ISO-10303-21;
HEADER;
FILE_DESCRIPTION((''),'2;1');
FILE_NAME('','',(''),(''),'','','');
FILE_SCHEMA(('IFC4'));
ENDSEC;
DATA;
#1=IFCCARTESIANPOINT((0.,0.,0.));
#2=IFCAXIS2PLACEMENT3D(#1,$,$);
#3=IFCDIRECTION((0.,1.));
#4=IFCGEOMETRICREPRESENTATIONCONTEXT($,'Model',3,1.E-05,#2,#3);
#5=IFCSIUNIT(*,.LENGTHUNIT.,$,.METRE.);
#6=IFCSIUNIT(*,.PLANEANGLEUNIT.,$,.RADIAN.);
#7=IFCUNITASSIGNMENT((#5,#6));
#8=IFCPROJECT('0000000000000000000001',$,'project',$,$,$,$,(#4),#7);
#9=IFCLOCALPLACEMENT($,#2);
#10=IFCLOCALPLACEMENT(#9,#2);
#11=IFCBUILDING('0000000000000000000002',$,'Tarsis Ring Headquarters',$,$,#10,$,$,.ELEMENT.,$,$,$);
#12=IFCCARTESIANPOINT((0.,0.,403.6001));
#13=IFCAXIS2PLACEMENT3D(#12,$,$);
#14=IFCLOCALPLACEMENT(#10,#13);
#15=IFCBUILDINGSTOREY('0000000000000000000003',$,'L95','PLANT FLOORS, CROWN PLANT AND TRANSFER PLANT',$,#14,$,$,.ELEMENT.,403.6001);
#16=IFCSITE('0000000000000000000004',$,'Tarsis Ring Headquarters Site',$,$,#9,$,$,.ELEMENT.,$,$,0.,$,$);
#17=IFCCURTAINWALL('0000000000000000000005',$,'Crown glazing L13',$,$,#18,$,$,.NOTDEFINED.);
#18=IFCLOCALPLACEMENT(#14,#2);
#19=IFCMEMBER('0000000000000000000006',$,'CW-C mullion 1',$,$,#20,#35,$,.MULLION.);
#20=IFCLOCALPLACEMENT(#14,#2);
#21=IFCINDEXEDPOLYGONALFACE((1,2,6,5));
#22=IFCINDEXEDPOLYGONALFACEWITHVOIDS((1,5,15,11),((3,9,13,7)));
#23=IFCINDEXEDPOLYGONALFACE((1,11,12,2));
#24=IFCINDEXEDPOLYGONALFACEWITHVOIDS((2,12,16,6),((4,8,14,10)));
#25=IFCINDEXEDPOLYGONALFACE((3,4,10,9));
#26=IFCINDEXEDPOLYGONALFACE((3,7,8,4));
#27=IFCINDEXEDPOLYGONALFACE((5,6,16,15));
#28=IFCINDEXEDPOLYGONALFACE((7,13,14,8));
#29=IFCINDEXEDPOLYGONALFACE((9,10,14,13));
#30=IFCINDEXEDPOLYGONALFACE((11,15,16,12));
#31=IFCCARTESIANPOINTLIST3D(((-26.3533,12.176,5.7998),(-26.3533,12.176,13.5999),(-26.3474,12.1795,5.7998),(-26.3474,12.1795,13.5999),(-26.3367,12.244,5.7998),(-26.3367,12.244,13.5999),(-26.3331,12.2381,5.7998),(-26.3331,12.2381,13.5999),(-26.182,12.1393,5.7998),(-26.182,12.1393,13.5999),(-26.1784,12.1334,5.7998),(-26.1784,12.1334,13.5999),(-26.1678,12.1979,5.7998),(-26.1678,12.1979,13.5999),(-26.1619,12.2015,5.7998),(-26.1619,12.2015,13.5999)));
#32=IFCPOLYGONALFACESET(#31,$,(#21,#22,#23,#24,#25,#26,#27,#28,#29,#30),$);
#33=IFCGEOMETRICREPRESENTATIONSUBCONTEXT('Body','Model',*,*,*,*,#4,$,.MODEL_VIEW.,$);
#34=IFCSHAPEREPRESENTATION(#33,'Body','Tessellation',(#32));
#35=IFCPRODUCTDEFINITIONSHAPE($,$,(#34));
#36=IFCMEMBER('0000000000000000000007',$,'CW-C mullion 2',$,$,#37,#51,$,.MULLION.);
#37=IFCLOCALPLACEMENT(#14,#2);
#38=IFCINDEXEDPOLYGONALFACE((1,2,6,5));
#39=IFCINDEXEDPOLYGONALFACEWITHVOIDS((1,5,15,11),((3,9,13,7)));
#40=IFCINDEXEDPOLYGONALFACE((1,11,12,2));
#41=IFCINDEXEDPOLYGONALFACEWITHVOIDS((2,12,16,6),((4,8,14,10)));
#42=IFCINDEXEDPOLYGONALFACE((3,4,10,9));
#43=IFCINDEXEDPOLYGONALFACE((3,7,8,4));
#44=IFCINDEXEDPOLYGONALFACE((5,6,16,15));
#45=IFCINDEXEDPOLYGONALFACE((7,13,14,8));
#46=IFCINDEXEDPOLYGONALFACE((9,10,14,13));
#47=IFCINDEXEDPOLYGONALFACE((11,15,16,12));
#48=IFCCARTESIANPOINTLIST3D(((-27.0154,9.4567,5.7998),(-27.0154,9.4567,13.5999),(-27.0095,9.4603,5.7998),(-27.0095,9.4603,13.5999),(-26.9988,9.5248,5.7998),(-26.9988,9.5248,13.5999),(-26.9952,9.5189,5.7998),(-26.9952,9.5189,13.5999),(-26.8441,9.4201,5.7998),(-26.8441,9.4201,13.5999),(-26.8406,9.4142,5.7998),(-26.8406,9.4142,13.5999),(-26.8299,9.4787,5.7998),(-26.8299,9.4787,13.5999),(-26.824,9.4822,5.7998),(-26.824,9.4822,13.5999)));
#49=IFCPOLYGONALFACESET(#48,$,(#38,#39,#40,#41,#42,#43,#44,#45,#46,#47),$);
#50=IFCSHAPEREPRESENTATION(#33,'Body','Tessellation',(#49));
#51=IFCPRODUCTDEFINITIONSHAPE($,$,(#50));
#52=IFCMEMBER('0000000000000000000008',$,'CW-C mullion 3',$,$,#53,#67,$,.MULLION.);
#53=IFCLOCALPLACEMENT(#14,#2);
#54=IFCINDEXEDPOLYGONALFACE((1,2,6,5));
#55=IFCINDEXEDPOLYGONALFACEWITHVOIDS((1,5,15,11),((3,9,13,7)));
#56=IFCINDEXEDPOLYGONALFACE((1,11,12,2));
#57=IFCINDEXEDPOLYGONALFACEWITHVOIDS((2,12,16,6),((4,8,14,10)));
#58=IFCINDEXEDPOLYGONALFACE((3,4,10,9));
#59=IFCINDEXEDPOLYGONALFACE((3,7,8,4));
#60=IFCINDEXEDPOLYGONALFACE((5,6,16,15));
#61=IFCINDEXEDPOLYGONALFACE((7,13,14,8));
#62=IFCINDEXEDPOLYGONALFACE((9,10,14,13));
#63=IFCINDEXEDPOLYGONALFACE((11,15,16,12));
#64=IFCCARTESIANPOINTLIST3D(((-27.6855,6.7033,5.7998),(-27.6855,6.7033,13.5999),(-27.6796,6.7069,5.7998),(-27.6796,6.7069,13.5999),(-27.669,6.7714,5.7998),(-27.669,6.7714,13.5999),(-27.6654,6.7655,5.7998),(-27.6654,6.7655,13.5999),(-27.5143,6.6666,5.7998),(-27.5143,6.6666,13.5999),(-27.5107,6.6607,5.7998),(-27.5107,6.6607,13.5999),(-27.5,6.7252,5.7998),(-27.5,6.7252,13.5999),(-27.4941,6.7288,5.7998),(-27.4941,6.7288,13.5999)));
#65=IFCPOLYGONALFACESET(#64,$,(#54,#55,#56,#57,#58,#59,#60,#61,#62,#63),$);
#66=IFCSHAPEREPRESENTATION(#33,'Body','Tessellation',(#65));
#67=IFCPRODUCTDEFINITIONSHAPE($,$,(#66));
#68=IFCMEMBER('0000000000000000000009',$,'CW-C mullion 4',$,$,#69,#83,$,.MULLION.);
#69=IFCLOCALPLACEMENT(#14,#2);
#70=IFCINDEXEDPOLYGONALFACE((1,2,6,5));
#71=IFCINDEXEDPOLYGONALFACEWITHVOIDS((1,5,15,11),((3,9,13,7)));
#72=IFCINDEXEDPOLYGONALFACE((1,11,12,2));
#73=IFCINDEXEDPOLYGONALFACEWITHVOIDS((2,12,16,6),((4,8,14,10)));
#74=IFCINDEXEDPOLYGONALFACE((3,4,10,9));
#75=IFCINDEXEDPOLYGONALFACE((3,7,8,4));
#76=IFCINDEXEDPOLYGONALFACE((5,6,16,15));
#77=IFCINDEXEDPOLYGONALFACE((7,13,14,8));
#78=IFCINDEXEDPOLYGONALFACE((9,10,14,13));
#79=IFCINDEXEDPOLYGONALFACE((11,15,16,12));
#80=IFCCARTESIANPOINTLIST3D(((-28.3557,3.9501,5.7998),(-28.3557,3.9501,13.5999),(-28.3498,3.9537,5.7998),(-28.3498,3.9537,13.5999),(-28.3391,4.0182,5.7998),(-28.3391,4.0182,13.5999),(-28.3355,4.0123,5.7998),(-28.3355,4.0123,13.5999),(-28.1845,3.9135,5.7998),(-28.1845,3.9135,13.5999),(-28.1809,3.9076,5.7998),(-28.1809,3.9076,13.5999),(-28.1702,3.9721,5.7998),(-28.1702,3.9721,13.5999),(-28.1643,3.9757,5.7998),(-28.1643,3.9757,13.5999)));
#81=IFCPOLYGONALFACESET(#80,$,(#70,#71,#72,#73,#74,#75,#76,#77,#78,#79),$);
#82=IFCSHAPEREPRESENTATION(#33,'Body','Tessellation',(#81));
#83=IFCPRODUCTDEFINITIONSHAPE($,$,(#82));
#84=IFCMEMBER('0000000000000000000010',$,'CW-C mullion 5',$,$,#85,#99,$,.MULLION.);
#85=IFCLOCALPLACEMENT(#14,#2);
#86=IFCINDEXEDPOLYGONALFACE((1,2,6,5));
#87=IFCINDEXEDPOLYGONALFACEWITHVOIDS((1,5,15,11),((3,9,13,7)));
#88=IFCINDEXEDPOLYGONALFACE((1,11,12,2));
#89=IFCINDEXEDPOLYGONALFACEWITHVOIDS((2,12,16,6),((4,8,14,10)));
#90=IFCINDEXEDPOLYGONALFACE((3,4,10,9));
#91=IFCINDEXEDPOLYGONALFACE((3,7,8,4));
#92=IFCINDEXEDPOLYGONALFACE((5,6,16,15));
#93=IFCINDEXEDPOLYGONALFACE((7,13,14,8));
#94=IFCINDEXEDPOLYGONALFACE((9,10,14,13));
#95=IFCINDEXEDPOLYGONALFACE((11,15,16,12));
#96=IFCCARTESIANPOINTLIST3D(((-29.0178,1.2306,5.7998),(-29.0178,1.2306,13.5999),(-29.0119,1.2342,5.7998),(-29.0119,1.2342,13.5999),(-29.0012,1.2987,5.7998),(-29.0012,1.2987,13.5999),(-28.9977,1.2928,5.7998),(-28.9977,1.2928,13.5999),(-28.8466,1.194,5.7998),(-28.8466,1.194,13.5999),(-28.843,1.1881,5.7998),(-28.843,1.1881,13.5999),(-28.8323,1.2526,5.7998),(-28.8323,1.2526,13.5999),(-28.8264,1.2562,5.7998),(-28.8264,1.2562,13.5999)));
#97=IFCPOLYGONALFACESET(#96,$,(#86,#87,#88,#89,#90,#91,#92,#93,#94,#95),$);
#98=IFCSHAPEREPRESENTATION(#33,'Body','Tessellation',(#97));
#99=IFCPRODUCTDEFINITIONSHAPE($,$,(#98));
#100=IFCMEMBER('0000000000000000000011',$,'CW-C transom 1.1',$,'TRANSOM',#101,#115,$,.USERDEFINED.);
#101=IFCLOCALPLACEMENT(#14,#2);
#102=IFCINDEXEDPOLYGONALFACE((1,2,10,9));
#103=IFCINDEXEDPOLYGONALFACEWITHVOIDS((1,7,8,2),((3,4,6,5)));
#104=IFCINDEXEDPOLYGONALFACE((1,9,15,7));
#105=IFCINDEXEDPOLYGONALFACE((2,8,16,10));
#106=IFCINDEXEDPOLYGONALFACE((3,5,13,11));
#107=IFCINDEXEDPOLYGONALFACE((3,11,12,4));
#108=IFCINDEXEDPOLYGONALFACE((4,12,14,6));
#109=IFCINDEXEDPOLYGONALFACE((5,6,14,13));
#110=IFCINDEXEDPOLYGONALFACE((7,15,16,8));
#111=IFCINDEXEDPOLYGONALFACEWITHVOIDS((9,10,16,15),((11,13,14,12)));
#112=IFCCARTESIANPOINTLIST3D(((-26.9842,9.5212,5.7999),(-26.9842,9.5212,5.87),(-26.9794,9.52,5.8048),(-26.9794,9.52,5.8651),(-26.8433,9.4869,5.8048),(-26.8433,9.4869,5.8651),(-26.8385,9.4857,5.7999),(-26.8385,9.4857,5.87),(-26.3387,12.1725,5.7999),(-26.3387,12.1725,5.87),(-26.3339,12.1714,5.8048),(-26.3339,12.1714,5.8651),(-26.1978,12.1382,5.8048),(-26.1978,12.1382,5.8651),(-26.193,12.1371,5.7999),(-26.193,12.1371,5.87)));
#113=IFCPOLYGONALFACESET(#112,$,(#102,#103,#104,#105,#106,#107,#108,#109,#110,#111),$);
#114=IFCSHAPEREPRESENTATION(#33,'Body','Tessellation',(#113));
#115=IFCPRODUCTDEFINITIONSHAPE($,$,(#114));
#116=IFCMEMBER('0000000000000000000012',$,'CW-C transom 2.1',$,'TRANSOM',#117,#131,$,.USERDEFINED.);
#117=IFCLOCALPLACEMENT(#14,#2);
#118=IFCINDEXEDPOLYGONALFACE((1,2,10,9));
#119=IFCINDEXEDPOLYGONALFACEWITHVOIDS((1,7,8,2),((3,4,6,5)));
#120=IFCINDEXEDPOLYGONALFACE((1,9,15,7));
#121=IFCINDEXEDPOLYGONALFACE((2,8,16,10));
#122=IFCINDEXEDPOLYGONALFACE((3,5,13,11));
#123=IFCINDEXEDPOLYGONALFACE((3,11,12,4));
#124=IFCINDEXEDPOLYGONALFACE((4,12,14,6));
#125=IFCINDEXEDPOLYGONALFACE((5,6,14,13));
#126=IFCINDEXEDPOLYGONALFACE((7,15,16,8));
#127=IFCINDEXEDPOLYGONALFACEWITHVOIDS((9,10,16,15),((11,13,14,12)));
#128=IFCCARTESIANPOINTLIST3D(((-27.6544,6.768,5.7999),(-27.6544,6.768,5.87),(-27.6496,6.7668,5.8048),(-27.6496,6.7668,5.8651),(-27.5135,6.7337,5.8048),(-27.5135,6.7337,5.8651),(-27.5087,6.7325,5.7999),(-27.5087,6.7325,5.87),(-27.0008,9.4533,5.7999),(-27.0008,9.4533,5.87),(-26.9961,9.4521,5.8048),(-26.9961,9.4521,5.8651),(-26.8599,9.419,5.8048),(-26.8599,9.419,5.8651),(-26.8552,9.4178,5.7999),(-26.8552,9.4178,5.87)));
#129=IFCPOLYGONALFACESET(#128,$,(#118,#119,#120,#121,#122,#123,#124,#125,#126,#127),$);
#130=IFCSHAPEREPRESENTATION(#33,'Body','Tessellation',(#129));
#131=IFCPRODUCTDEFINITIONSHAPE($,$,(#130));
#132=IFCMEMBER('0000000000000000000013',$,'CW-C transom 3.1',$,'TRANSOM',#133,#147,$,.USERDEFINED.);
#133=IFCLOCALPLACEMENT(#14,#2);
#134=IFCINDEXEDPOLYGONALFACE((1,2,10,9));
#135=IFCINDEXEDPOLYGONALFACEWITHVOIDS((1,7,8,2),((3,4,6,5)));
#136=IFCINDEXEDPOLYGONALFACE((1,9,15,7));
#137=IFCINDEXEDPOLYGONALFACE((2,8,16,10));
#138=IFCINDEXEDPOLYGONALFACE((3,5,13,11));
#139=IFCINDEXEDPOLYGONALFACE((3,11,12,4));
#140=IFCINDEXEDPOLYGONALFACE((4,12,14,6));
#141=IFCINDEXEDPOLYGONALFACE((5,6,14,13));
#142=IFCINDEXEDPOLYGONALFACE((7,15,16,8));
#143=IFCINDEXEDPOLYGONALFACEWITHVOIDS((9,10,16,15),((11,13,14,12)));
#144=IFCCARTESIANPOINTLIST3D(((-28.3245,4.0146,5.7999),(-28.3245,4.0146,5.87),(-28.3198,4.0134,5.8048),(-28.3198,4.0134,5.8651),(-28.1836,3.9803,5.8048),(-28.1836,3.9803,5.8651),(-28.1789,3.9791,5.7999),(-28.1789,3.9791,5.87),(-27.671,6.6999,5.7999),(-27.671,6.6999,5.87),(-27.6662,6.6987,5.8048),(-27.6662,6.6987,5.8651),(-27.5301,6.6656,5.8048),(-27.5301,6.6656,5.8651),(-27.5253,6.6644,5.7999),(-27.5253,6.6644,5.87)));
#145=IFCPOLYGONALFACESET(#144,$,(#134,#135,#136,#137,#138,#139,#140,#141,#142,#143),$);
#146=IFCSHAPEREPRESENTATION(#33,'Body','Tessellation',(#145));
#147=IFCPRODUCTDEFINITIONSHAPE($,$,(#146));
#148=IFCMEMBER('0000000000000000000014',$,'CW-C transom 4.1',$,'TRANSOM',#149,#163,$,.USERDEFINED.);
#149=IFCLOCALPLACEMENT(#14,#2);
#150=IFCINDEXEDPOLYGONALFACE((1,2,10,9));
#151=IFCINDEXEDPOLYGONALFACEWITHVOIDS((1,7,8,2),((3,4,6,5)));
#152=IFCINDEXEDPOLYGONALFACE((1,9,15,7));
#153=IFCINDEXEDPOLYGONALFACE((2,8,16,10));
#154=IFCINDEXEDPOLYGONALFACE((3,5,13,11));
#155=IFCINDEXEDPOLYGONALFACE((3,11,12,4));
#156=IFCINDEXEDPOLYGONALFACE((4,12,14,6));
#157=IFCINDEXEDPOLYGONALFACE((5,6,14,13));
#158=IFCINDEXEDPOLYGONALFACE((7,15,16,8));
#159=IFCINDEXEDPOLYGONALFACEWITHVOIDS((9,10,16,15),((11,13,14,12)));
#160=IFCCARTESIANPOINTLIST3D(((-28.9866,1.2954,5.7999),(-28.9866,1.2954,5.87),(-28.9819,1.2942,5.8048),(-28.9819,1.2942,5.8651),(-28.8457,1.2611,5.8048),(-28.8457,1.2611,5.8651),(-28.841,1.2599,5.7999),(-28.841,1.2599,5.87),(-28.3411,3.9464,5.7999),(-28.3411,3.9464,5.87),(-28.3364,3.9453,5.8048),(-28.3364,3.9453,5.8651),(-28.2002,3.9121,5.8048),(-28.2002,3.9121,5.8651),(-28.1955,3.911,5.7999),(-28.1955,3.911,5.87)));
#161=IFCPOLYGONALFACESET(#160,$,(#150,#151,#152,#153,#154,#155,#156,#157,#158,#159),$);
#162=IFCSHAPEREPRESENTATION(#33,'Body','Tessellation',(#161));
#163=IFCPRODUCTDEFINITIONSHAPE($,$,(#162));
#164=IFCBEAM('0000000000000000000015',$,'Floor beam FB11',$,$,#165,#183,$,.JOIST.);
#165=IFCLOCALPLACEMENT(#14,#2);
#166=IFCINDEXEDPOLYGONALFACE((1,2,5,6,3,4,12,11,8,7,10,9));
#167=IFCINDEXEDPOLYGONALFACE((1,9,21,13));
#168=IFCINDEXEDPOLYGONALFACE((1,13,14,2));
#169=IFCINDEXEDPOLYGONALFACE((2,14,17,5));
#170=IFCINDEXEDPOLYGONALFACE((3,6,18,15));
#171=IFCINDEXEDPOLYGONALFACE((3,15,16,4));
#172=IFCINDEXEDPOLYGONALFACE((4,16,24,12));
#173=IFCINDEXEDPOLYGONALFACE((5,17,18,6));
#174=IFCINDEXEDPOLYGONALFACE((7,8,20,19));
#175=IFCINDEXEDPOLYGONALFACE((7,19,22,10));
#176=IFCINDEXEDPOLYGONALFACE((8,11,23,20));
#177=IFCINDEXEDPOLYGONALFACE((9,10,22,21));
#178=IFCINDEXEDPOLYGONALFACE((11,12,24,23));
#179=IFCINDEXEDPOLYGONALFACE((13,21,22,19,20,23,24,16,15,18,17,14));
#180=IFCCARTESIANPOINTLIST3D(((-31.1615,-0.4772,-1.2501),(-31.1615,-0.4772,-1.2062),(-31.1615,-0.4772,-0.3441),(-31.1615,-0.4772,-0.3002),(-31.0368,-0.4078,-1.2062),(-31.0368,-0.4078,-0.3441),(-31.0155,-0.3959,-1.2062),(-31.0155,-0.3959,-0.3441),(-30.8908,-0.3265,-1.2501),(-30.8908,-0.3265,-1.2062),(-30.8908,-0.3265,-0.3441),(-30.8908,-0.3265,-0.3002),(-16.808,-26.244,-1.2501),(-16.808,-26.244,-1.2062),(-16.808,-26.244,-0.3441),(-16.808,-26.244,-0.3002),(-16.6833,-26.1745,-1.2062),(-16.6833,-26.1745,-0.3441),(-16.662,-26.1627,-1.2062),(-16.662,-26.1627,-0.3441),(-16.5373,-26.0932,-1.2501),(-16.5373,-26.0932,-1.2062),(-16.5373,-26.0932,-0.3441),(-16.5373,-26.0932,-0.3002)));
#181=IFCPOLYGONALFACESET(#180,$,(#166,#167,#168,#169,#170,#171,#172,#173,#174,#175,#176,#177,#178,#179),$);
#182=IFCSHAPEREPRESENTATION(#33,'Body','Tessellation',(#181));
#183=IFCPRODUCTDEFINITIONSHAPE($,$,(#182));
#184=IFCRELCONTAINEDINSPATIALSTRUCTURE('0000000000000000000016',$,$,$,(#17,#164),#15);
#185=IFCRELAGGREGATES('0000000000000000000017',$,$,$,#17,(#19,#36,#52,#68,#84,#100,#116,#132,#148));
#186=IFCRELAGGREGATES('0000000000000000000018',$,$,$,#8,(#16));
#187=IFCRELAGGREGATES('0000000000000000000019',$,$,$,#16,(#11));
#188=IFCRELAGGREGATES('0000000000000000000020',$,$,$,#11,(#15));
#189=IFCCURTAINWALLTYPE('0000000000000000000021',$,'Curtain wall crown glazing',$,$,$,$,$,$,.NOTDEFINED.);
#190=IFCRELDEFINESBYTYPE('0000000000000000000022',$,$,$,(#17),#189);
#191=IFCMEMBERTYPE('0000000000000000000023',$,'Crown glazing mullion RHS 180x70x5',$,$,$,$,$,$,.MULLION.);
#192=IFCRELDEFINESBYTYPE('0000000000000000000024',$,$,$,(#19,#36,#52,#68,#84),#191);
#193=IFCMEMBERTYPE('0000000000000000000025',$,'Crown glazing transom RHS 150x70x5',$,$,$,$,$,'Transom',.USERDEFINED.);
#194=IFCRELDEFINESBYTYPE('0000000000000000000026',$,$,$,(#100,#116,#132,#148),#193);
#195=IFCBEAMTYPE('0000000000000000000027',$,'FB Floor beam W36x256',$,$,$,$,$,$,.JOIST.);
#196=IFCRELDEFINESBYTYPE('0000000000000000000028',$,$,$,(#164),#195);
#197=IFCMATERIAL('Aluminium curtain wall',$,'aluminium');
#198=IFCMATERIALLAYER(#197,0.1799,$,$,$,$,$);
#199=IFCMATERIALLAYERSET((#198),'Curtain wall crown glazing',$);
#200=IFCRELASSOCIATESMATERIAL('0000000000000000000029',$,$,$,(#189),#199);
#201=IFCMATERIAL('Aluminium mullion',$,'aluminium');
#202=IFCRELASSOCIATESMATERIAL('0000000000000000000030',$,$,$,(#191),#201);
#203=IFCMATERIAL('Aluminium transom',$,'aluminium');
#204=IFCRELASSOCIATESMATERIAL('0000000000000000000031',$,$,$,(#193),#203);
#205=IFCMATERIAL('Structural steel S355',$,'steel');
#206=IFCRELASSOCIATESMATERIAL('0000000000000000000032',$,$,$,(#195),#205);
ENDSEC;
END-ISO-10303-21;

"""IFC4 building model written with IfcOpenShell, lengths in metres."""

from ifc_helpers import new_model, si_unit, direction, frame, origin, origin_2d, place, context, subcontext, project, spatial, hollow_rectangle, i_section, extrude, material, layer, layer_set, material_profile, profile_set, type_object, element, aggregate, save


model = new_model("IFC4")

# Units and contexts
model_context = context("Model", 3, precision=1e-05, world=origin(), true_north=direction((0.0, 1.0)))
body_context = subcontext(model_context, "Body", "Model", "MODEL_VIEW")
ifc_project = project(units=[si_unit("LENGTHUNIT", "METRE"), si_unit("PLANEANGLEUNIT", "RADIAN")], contexts=[model_context])

# Site, building, storey
site_placement = place(None, origin())
site = spatial("IfcSite", under=ifc_project, at=site_placement, Name="Tarsis Ring Headquarters Site", CompositionType="ELEMENT", RefElevation=0.0)
building_placement = place(site_placement, origin())
building = spatial("IfcBuilding", under=site, at=building_placement, Name="Tarsis Ring Headquarters", CompositionType="ELEMENT")
storey_placement = place(building_placement, frame((0.0, 0.0, 403.6001)))
storey = spatial("IfcBuildingStorey", under=building, at=storey_placement, Name="L95", Description="PLANT FLOORS, CROWN PLANT AND TRANSFER PLANT", CompositionType="ELEMENT", Elevation=403.6001)

# Shared definitions
ifc_material_1 = material(Name="Structural steel S355", Category="steel")

# Curtain wall, members
ifc_material_2 = material(Name="Aluminium curtain wall", Category="aluminium")
ifc_layer_1 = layer(ifc_material_2, 0.1799)
ifc_layer_set_1 = layer_set([ifc_layer_1], Name="Curtain wall crown glazing")
curtain_wall_type = type_object("IfcCurtainWallType", Name="Curtain wall crown glazing", PredefinedType="NOTDEFINED", material=ifc_layer_set_1)
curtain_wall_placement = place(storey_placement, origin())
curtain_wall = element("IfcCurtainWall", 1, at=curtain_wall_placement, inside=storey, type_object=curtain_wall_type, Name="Crown glazing L13", PredefinedType="NOTDEFINED")
ifc_material_3 = material(Name="Aluminium mullion", Category="aluminium")
ifc_material_profile_1 = material_profile(ifc_material_3, hollow_rectangle(XDim=0.1799, YDim=0.0701, WallThickness=0.0049, at=origin_2d()), Name="RHS 180x70x5")
ifc_profile_set_1 = profile_set([ifc_material_profile_1], Name="Aluminium mullion")
member_type_1 = type_object("IfcMemberType", Name="Crown glazing mullion RHS 180x70x5", PredefinedType="MULLION", material=ifc_profile_set_1)
member_1_placement = place(storey_placement, frame((-26.2576, 12.1887, 5.7998), z_axis=(0.0, 0.0, 1.0), x_axis=(0.971626, -0.236521, 0.0)))
member_1 = element("IfcMember", 2, at=member_1_placement, type_object=member_type_1, Name="CW-C mullion 1", PredefinedType="MULLION", context=body_context, shape_type="SweptSolid", body=[
    extrude(hollow_rectangle(XDim=0.1799, YDim=0.0701, WallThickness=0.0049, at=origin_2d()), origin(), (0.0, 0.0, 1.0), 7.8),
])
member_2_placement = place(storey_placement, frame((-26.9197, 9.4695, 5.7998), z_axis=(0.0, 0.0, 1.0), x_axis=(0.971626, -0.236521, 0.0)))
member_2 = element("IfcMember", 3, at=member_2_placement, type_object=member_type_1, Name="CW-C mullion 2", PredefinedType="MULLION", context=body_context, shape_type="SweptSolid", body=[
    extrude(hollow_rectangle(XDim=0.1799, YDim=0.0701, WallThickness=0.0049, at=origin_2d()), origin(), (0.0, 0.0, 1.0), 7.8),
])
member_3_placement = place(storey_placement, frame((-27.5898, 6.7161, 5.7998), z_axis=(0.0, 0.0, 1.0), x_axis=(0.971626, -0.236521, 0.0)))
member_3 = element("IfcMember", 4, at=member_3_placement, type_object=member_type_1, Name="CW-C mullion 3", PredefinedType="MULLION", context=body_context, shape_type="SweptSolid", body=[
    extrude(hollow_rectangle(XDim=0.1799, YDim=0.0701, WallThickness=0.0049, at=origin_2d()), origin(), (0.0, 0.0, 1.0), 7.8),
])
member_4_placement = place(storey_placement, frame((-28.26, 3.9629, 5.7998), z_axis=(0.0, 0.0, 1.0), x_axis=(0.971626, -0.236521, 0.0)))
member_4 = element("IfcMember", 5, at=member_4_placement, type_object=member_type_1, Name="CW-C mullion 4", PredefinedType="MULLION", context=body_context, shape_type="SweptSolid", body=[
    extrude(hollow_rectangle(XDim=0.1799, YDim=0.0701, WallThickness=0.0049, at=origin_2d()), origin(), (0.0, 0.0, 1.0), 7.8),
])
member_5_placement = place(storey_placement, frame((-28.9221, 1.2434, 5.7998), z_axis=(0.0, 0.0, 1.0), x_axis=(0.971626, -0.236521, 0.0)))
member_5 = element("IfcMember", 6, at=member_5_placement, type_object=member_type_1, Name="CW-C mullion 5", PredefinedType="MULLION", context=body_context, shape_type="SweptSolid", body=[
    extrude(hollow_rectangle(XDim=0.1799, YDim=0.0701, WallThickness=0.0049, at=origin_2d()), origin(), (0.0, 0.0, 1.0), 7.8),
])
ifc_material_4 = material(Name="Aluminium transom", Category="aluminium")
ifc_material_profile_2 = material_profile(ifc_material_4, hollow_rectangle(XDim=0.1499, YDim=0.0701, WallThickness=0.0049, at=origin_2d()), Name="RHS 150x70x5")
ifc_profile_set_2 = profile_set([ifc_material_profile_2], Name="Aluminium transom")
member_type_2 = type_object("IfcMemberType", Name="Crown glazing transom RHS 150x70x5", ElementType="Transom", PredefinedType="USERDEFINED", material=ifc_profile_set_2)
member_6_placement = place(storey_placement, frame((-26.2659, 12.1548, 5.835), z_axis=(-0.236552, -0.971619, 0.0), x_axis=(0.971619, -0.236552, 0.0)))
member_6 = element("IfcMember", 7, at=member_6_placement, type_object=member_type_2, Name="CW-C transom 1.1", ObjectType="TRANSOM", PredefinedType="USERDEFINED", context=body_context, shape_type="SweptSolid", body=[
    extrude(hollow_rectangle(XDim=0.1499, YDim=0.0701, WallThickness=0.0049, at=origin_2d()), origin(), (0.0, 0.0, 1.0), 2.7288),
])
member_7_placement = place(storey_placement, frame((-26.928, 9.4355, 5.835), z_axis=(-0.236482, -0.971636, 0.0), x_axis=(0.971636, -0.236482, 0.0)))
member_7 = element("IfcMember", 8, at=member_7_placement, type_object=member_type_2, Name="CW-C transom 2.1", ObjectType="TRANSOM", PredefinedType="USERDEFINED", context=body_context, shape_type="SweptSolid", body=[
    extrude(hollow_rectangle(XDim=0.1499, YDim=0.0701, WallThickness=0.0049, at=origin_2d()), origin(), (0.0, 0.0, 1.0), 2.7637),
])
member_8_placement = place(storey_placement, frame((-27.5981, 6.6821, 5.835), z_axis=(-0.236482, -0.971636, 0.0), x_axis=(0.971636, -0.236482, 0.0)))
member_8 = element("IfcMember", 9, at=member_8_placement, type_object=member_type_2, Name="CW-C transom 3.1", ObjectType="TRANSOM", PredefinedType="USERDEFINED", context=body_context, shape_type="SweptSolid", body=[
    extrude(hollow_rectangle(XDim=0.1499, YDim=0.0701, WallThickness=0.0049, at=origin_2d()), origin(), (0.0, 0.0, 1.0), 2.7637),
])
member_9_placement = place(storey_placement, frame((-28.2683, 3.9287, 5.835), z_axis=(-0.236573, -0.971614, 0.0), x_axis=(0.971614, -0.236573, 0.0)))
member_9 = element("IfcMember", 10, at=member_9_placement, type_object=member_type_2, Name="CW-C transom 4.1", ObjectType="TRANSOM", PredefinedType="USERDEFINED", context=body_context, shape_type="SweptSolid", body=[
    extrude(hollow_rectangle(XDim=0.1499, YDim=0.0701, WallThickness=0.0049, at=origin_2d()), origin(), (0.0, 0.0, 1.0), 2.7285),
])

# Beam
ifc_material_profile_3 = material_profile(ifc_material_1, i_section(OverallWidth=0.3098, OverallDepth=0.95, WebThickness=0.0244, FlangeThickness=0.0439, at=origin_2d()), Name="W36x256")
ifc_profile_set_3 = profile_set([ifc_material_profile_3], Name="Structural steel S355")
beam_type_1 = type_object("IfcBeamType", Name="FB Floor beam W36x256", PredefinedType="JOIST", material=ifc_profile_set_3)
for number, where, z_axis, x_axis, name in (
    (11, (-31.0261, -0.4019, -0.7751), (0.486643, -0.873601, 0.0), (0.873601, 0.486643, 0.0), "Floor beam FB11"),
):
    element("IfcBeam", number, at=place(storey_placement, frame(where, z_axis=z_axis, x_axis=x_axis)), inside=storey, type_object=beam_type_1, Name=name, PredefinedType="JOIST", context=body_context, shape_type="SweptSolid", body=[
        extrude(i_section(OverallWidth=0.3098, OverallDepth=0.95, WebThickness=0.0244, FlangeThickness=0.0439, at=origin_2d()), origin(), (0.0, 0.0, 1.0), 29.4949),
    ])

aggregate(curtain_wall, [member_1, member_2, member_3, member_4, member_5, member_6, member_7, member_8, member_9])

save(model, "model.ifc")
